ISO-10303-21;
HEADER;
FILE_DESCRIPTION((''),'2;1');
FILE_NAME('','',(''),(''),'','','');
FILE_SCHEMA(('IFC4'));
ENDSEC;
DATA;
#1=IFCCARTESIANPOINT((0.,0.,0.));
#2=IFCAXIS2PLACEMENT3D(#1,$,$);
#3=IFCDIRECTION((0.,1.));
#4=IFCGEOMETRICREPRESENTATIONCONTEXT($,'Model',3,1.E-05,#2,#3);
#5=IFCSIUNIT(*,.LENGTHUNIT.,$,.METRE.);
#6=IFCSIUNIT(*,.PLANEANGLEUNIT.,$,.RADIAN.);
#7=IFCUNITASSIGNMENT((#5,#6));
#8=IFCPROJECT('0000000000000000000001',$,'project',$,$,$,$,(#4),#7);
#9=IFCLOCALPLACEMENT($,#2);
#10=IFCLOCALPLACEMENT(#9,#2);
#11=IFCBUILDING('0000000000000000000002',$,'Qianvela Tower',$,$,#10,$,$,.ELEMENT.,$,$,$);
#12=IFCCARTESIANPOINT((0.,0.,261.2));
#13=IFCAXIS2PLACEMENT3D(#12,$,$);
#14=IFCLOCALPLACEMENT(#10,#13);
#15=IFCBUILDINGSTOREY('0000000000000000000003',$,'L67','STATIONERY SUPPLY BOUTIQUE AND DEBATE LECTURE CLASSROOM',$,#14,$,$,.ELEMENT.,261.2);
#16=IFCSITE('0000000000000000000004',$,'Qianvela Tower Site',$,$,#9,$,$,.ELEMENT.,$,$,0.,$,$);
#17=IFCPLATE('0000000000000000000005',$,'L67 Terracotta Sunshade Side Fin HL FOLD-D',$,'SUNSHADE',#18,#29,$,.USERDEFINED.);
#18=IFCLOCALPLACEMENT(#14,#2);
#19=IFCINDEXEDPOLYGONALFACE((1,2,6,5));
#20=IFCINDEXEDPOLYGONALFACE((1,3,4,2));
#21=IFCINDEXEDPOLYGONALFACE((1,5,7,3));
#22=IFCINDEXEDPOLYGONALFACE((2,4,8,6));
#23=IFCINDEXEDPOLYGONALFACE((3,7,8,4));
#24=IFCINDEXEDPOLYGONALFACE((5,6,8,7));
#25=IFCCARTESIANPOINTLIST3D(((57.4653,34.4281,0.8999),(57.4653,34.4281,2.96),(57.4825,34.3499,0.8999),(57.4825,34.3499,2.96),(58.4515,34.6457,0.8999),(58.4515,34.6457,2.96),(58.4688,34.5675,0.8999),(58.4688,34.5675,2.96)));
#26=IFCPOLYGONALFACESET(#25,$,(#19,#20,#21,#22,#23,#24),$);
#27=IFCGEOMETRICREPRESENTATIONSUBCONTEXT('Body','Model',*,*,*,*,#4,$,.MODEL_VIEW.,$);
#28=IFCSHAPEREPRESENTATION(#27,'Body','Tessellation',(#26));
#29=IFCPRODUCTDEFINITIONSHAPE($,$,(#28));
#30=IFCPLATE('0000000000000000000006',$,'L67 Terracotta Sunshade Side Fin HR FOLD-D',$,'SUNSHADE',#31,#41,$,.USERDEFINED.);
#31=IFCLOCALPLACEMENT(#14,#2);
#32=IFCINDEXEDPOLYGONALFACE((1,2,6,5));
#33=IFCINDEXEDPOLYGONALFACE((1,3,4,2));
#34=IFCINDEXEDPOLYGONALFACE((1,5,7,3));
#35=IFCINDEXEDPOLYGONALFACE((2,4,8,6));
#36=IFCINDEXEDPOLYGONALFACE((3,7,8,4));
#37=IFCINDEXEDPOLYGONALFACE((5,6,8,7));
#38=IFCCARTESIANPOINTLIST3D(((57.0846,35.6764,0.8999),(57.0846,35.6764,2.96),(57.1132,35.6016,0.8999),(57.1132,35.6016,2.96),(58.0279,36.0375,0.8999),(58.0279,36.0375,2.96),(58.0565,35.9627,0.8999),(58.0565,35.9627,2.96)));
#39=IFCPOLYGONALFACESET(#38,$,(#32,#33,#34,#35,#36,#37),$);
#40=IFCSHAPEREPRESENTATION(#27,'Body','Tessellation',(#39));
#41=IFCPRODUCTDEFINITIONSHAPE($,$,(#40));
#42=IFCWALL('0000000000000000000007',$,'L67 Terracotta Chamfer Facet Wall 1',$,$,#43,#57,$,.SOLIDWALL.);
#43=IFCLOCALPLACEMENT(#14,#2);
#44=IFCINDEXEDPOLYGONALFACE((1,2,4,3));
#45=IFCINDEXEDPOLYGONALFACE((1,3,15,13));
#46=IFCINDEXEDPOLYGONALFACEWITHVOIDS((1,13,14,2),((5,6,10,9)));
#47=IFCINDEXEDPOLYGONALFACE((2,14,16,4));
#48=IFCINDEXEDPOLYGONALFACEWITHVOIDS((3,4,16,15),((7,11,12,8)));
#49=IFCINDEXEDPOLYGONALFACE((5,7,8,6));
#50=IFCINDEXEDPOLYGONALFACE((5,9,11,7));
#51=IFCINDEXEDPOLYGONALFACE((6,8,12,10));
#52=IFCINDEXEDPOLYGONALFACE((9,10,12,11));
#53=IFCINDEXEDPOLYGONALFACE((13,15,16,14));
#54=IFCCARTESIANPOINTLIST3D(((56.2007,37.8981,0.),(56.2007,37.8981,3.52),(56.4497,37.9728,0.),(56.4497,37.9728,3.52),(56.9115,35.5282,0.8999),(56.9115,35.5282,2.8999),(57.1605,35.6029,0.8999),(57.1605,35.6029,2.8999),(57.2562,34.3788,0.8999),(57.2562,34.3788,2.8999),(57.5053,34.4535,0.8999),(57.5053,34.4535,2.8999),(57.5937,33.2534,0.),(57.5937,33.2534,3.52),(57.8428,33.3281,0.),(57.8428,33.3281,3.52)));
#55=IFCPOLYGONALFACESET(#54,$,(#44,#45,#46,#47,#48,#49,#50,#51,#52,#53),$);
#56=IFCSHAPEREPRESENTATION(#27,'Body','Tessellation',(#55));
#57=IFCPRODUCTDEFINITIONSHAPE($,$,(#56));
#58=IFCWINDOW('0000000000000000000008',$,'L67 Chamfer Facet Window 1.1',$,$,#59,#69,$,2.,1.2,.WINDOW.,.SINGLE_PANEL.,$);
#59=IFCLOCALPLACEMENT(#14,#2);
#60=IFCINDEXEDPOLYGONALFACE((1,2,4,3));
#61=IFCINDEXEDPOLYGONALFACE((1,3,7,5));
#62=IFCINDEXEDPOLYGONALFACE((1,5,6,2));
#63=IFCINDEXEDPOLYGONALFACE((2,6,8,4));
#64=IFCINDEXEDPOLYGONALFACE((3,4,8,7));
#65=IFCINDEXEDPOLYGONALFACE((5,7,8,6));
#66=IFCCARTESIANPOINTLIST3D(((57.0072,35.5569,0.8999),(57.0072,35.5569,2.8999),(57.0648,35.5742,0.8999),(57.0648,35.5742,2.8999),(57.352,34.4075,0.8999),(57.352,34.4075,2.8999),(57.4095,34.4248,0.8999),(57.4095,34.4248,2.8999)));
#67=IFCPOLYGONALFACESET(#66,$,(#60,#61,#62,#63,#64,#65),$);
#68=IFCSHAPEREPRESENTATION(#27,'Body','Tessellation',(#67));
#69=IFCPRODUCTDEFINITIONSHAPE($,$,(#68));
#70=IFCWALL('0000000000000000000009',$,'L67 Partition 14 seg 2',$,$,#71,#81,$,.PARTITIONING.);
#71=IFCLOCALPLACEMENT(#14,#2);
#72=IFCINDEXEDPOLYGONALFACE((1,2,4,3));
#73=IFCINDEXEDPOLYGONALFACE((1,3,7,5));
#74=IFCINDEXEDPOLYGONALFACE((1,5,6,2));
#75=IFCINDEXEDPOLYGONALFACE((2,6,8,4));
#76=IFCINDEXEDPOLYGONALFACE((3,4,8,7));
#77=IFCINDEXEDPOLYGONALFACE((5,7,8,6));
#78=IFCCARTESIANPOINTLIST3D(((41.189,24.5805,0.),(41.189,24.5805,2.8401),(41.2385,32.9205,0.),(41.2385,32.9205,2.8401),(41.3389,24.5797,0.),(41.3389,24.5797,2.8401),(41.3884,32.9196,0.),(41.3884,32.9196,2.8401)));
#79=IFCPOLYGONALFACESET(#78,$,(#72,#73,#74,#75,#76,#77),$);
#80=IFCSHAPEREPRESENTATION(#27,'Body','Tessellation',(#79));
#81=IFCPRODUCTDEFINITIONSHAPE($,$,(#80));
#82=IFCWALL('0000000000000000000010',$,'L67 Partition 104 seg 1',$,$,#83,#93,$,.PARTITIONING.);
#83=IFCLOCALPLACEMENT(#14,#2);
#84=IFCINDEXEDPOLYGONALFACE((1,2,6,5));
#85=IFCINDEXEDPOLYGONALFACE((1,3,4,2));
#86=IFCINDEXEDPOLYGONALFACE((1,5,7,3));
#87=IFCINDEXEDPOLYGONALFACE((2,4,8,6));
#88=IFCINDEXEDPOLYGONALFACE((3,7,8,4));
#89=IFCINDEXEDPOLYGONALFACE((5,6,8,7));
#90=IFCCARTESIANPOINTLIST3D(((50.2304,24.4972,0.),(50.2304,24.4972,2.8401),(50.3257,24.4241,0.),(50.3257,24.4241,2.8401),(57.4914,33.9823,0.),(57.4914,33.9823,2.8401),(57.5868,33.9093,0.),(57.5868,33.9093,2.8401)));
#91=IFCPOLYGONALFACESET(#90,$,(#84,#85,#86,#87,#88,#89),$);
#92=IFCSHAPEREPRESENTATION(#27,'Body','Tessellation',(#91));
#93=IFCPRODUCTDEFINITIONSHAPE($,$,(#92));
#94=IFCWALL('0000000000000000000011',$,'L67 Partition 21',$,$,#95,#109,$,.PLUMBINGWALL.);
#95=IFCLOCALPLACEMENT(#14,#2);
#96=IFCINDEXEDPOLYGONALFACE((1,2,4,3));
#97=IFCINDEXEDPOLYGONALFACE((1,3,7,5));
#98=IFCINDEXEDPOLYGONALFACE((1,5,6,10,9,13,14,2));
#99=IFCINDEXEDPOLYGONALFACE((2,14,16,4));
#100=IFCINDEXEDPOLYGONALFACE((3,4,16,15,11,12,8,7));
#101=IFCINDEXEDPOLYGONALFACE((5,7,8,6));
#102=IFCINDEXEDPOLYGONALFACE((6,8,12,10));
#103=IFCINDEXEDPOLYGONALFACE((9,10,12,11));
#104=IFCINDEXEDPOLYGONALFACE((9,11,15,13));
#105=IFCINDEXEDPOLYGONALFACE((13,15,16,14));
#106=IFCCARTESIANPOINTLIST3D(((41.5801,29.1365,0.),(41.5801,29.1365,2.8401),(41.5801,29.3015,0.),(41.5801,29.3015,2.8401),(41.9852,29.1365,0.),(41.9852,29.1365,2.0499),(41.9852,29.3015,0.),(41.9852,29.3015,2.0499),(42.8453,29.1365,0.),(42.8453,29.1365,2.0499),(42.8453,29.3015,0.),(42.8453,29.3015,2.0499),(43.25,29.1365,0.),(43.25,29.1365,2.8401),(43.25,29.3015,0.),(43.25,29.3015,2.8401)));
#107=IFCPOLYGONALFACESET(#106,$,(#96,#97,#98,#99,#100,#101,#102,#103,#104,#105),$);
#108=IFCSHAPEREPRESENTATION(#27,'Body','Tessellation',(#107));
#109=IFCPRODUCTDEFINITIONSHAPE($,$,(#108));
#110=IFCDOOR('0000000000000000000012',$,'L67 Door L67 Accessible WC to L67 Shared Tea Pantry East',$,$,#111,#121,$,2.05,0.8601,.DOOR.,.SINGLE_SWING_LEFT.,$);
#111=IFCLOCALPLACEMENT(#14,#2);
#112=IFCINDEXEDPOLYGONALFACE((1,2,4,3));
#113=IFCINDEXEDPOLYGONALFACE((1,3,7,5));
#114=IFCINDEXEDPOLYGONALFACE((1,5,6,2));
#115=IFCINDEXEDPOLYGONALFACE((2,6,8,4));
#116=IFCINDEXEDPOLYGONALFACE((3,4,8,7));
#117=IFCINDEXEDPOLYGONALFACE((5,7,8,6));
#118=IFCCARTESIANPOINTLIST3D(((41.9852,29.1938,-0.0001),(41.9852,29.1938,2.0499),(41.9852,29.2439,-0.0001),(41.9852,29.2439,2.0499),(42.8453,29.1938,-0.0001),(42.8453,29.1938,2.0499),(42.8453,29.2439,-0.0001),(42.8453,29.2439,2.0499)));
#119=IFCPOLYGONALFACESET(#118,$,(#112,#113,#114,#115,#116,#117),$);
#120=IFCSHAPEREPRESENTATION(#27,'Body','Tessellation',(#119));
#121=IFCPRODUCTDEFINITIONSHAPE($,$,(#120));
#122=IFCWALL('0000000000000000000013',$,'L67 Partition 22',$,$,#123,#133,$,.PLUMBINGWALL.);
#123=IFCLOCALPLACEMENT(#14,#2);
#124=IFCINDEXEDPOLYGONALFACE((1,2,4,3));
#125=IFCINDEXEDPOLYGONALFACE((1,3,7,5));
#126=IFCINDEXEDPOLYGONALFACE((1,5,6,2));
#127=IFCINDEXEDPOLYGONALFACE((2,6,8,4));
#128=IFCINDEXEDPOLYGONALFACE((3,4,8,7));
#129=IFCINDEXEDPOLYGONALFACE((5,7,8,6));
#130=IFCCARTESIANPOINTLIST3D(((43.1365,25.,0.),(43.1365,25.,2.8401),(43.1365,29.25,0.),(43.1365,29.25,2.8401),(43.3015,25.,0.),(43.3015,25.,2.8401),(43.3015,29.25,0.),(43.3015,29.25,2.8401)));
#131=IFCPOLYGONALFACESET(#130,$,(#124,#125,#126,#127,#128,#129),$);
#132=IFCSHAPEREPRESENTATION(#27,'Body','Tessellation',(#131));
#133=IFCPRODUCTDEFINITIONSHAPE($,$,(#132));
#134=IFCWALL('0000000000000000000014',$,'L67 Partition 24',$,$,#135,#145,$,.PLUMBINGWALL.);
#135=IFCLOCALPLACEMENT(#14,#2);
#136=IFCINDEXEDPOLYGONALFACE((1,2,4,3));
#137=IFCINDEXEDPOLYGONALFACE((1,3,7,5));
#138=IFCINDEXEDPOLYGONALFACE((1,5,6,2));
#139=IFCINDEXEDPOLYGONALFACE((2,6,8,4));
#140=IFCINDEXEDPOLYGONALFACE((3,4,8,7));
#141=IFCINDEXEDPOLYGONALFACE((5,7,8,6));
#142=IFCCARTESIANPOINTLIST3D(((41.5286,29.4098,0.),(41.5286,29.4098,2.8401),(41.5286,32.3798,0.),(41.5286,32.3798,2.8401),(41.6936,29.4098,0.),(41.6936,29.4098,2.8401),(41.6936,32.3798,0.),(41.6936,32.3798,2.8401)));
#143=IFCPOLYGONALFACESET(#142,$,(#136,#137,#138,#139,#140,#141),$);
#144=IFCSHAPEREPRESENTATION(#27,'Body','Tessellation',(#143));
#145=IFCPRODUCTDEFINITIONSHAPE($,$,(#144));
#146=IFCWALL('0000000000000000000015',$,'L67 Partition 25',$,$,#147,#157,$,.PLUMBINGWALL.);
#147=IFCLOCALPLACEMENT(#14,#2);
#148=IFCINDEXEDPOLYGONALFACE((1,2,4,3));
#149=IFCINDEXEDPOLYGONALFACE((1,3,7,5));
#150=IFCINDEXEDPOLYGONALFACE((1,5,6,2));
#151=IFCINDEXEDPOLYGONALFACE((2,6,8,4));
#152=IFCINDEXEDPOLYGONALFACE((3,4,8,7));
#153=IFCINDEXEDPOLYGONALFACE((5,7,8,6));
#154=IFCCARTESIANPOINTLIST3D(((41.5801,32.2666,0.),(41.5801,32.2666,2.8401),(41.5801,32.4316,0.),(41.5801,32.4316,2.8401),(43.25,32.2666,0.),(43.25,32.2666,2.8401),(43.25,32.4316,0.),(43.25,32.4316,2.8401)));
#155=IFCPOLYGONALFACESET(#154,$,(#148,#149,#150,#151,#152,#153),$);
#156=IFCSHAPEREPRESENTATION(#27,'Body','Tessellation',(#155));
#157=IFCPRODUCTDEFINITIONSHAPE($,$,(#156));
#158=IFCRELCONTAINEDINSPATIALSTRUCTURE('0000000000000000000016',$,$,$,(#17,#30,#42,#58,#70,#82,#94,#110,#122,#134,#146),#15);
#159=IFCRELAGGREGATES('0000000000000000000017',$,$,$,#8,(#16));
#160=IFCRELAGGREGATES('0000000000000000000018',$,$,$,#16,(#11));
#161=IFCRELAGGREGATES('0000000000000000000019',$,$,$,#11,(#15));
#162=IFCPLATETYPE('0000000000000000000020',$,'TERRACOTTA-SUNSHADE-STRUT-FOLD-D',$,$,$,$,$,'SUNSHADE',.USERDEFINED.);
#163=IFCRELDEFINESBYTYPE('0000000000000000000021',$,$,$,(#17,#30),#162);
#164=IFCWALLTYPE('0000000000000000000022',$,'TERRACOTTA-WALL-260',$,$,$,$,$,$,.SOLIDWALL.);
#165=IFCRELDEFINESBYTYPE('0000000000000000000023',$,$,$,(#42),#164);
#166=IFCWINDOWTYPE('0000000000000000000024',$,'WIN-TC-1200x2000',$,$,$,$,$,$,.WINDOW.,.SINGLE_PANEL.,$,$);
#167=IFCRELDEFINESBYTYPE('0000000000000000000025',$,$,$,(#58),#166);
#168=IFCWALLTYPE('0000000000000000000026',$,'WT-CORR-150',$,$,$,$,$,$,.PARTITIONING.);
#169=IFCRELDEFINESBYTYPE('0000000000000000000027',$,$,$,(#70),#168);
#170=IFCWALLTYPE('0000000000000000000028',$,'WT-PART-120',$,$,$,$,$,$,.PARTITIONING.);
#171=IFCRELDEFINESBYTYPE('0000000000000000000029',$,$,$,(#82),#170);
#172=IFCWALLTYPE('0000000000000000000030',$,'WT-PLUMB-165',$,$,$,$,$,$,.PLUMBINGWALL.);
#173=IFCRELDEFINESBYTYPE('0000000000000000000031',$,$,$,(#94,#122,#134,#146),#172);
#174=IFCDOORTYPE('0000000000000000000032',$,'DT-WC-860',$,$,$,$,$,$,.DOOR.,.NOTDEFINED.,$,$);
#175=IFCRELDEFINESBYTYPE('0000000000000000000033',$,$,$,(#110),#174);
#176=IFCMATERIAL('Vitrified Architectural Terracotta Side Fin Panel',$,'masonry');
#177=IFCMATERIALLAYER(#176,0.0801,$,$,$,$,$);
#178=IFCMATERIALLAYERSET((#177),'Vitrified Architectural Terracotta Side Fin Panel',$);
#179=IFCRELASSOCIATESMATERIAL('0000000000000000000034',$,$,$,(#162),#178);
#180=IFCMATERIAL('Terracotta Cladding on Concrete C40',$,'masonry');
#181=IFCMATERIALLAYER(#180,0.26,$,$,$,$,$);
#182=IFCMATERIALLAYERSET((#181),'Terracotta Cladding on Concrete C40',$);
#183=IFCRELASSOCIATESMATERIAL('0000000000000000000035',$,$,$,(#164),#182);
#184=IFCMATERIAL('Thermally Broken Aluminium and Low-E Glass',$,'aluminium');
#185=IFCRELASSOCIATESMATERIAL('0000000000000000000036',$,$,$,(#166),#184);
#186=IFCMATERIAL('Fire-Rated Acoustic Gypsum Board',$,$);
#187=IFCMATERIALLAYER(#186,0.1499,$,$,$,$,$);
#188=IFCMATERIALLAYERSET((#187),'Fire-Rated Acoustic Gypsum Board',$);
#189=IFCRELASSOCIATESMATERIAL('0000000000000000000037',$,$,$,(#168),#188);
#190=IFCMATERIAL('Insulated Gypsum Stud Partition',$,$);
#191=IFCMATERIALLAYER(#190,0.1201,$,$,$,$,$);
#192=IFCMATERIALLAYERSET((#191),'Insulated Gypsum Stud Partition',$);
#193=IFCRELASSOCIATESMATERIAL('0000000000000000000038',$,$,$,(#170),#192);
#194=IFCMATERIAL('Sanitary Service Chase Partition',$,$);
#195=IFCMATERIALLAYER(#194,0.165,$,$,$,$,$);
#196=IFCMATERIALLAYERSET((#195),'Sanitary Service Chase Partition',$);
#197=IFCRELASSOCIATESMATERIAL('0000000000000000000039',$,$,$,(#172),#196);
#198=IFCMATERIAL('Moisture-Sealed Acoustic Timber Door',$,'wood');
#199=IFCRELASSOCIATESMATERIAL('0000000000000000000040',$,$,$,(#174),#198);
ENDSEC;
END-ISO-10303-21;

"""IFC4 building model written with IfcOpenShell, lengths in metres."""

from ifc_helpers import new_model, si_unit, direction, frame, frame_2d, origin, origin_2d, place, context, subcontext, project, spatial, rectangle, extrude, material, layer, layer_set, type_object, element, fill, save


model = new_model("IFC4")

# Units and contexts
model_context = context("Model", 3, precision=1e-05, world=origin(), true_north=direction((0.0, 1.0)))
body_context = subcontext(model_context, "Body", "Model", "MODEL_VIEW")
ifc_project = project(units=[si_unit("LENGTHUNIT", "METRE"), si_unit("PLANEANGLEUNIT", "RADIAN")], contexts=[model_context])

# Site, building, storey
site_placement = place(None, origin())
site = spatial("IfcSite", under=ifc_project, at=site_placement, Name="Qianvela Tower Site", CompositionType="ELEMENT", RefElevation=0.0)
building_placement = place(site_placement, origin())
building = spatial("IfcBuilding", under=site, at=building_placement, Name="Qianvela Tower", CompositionType="ELEMENT")
storey_placement = place(building_placement, frame((0.0, 0.0, 261.2)))
storey = spatial("IfcBuildingStorey", under=building, at=storey_placement, Name="L67", Description="STATIONERY SUPPLY BOUTIQUE AND DEBATE LECTURE CLASSROOM", CompositionType="ELEMENT", Elevation=261.2)

# Plates
ifc_material_1 = material(Name="Vitrified Architectural Terracotta Side Fin Panel", Category="masonry")
ifc_layer_1 = layer(ifc_material_1, 0.0801)
ifc_layer_set_1 = layer_set([ifc_layer_1], Name="Vitrified Architectural Terracotta Side Fin Panel")
plate_type_1 = type_object("IfcPlateType", Name="TERRACOTTA-SUNSHADE-STRUT-FOLD-D", ElementType="SUNSHADE", PredefinedType="USERDEFINED", material=ifc_layer_set_1)
for number, where, z_axis, x_axis, name in (
    (1, (57.967, 34.4978, 0.8999), (0.0, 0.0, 1.0), (-0.215528, 0.976498, 0.0), "L67 Terracotta Sunshade Side Fin HL FOLD-D"),
    (2, (57.5706, 35.8196, 0.8999), (0.0, 0.0, 1.0), (-0.357496, 0.933915, 0.0), "L67 Terracotta Sunshade Side Fin HR FOLD-D"),
):
    element("IfcPlate", number, at=place(storey_placement, frame(where, z_axis=z_axis, x_axis=x_axis)), inside=storey, type_object=plate_type_1, Name=name, ObjectType="SUNSHADE", PredefinedType="USERDEFINED", context=body_context, shape_type="SweptSolid", body=[
        extrude(rectangle(XDim=0.0801, YDim=1.01, at=origin_2d()), origin(), (0.0, 0.0, 1.0), 2.0601),
    ])

# Wall, opening, window
ifc_material_2 = material(Name="Terracotta Cladding on Concrete C40", Category="masonry")
ifc_layer_2 = layer(ifc_material_2, 0.26)
ifc_layer_set_2 = layer_set([ifc_layer_2], Name="Terracotta Cladding on Concrete C40")
wall_type_1 = type_object("IfcWallType", Name="TERRACOTTA-WALL-260", PredefinedType="SOLIDWALL", material=ifc_layer_set_2)
wall_1_placement = place(storey_placement, frame((57.7183, 33.2908, 0.0), z_axis=(0.0, 0.0, 1.0), x_axis=(-0.287279, 0.957847, 0.0)))
wall_1 = element("IfcWall", 3, at=wall_1_placement, inside=storey, type_object=wall_type_1, Name="L67 Terracotta Chamfer Facet Wall 1", PredefinedType="SOLIDWALL", context=body_context, shape_type="SweptSolid", body=[
    extrude(rectangle(XDim=4.8491, YDim=0.26, at=frame_2d((2.4246, 0.0))), origin(), (0.0, 0.0, 1.0), 3.52),
])
opening_1_placement = place(wall_1_placement, frame((1.1748, 0.0, 0.8999)))
opening_1 = element("IfcOpeningElement", 4, at=opening_1_placement, cuts=wall_1, PredefinedType="OPENING", context=body_context, shape_type="SweptSolid", body=[
    extrude(rectangle(XDim=1.2, YDim=2.0, at=frame_2d((0.6001, 1.0))), frame((0.0, 0.1399, 0.0), z_axis=(0.0, -1.0, 0.0), x_axis=(1.0, 0.0, 0.0)), (0.0, 0.0, 1.0), 0.28),
])
ifc_material_3 = material(Name="Thermally Broken Aluminium and Low-E Glass", Category="aluminium")
window_type = type_object("IfcWindowType", Name="WIN-TC-1200x2000", PartitioningType="SINGLE_PANEL", PredefinedType="WINDOW", material=ifc_material_3)
window_placement = place(opening_1_placement, origin())
window = element("IfcWindow", 5, at=window_placement, inside=storey, type_object=window_type, Name="L67 Chamfer Facet Window 1.1", OverallHeight=2.0, OverallWidth=1.2, PartitioningType="SINGLE_PANEL", PredefinedType="WINDOW", context=body_context, shape_type="SweptSolid", body=[
    extrude(rectangle(XDim=1.2, YDim=2.0, at=frame_2d((0.6001, 1.0))), frame((0.0, 0.03, 0.0), z_axis=(0.0, -1.0, 0.0), x_axis=(1.0, 0.0, 0.0)), (0.0, 0.0, 1.0), 0.0601),
])
fill(opening_1, window)

# Walls
ifc_material_4 = material(Name="Fire-Rated Acoustic Gypsum Board")
ifc_layer_3 = layer(ifc_material_4, 0.1499)
ifc_layer_set_3 = layer_set([ifc_layer_3], Name="Fire-Rated Acoustic Gypsum Board")
wall_type_2 = type_object("IfcWallType", Name="WT-CORR-150", PredefinedType="PARTITIONING", material=ifc_layer_set_3)
wall_2_placement = place(storey_placement, frame((41.3135, 32.9199, 0.0), z_axis=(0.0, 0.0, 1.0), x_axis=(-0.005943, -0.999982, 0.0)))
element("IfcWall", 6, at=wall_2_placement, inside=storey, type_object=wall_type_2, Name="L67 Partition 14 seg 2", PredefinedType="PARTITIONING", context=body_context, shape_type="SweptSolid", body=[
    extrude(rectangle(XDim=8.3401, YDim=0.1499, at=frame_2d((4.1699, 0.0))), origin(), (0.0, 0.0, 1.0), 2.8401),
])
ifc_material_5 = material(Name="Insulated Gypsum Stud Partition")
ifc_layer_4 = layer(ifc_material_5, 0.1201)
ifc_layer_set_4 = layer_set([ifc_layer_4], Name="Insulated Gypsum Stud Partition")
wall_type_3 = type_object("IfcWallType", Name="WT-PART-120", PredefinedType="PARTITIONING", material=ifc_layer_set_4)
wall_3_placement = place(storey_placement, frame((57.5391, 33.9458, 0.0), z_axis=(0.0, 0.0, 1.0), x_axis=(-0.607855, -0.794048, 0.0)))
element("IfcWall", 7, at=wall_3_placement, inside=storey, type_object=wall_type_3, Name="L67 Partition 104 seg 1", PredefinedType="PARTITIONING", context=body_context, shape_type="SweptSolid", body=[
    extrude(rectangle(XDim=11.9453, YDim=0.1201, at=frame_2d((5.9727, 0.0))), origin(), (0.0, 0.0, 1.0), 2.8401),
])

# Wall, opening, door
ifc_material_6 = material(Name="Sanitary Service Chase Partition")
ifc_layer_5 = layer(ifc_material_6, 0.165)
ifc_layer_set_5 = layer_set([ifc_layer_5], Name="Sanitary Service Chase Partition")
wall_type_4 = type_object("IfcWallType", Name="WT-PLUMB-165", PredefinedType="PLUMBINGWALL", material=ifc_layer_set_5)
wall_4_placement = place(storey_placement, frame((41.5801, 29.219, 0.0), z_axis=(0.0, 0.0, 1.0), x_axis=(1.0, 0.0, 0.0)))
wall_4 = element("IfcWall", 8, at=wall_4_placement, inside=storey, type_object=wall_type_4, Name="L67 Partition 21", PredefinedType="PLUMBINGWALL", context=body_context, shape_type="SweptSolid", body=[
    extrude(rectangle(XDim=1.6699, YDim=0.165, at=frame_2d((0.835, 0.0))), origin(), (0.0, 0.0, 1.0), 2.8401),
])
opening_2_placement = place(wall_4_placement, frame((0.405, 0.0, 0.0)))
opening_2 = element("IfcOpeningElement", 9, at=opening_2_placement, cuts=wall_4, PredefinedType="OPENING", context=body_context, shape_type="SweptSolid", body=[
    extrude(rectangle(XDim=0.8601, YDim=2.05, at=frame_2d((0.4302, 1.0249))), frame((0.0, 0.0925, 0.0), z_axis=(0.0, -1.0, 0.0), x_axis=(1.0, 0.0, 0.0)), (0.0, 0.0, 1.0), 0.1851),
])
ifc_material_7 = material(Name="Moisture-Sealed Acoustic Timber Door", Category="wood")
door_type_1 = type_object("IfcDoorType", Name="DT-WC-860", OperationType="NOTDEFINED", PredefinedType="DOOR", material=ifc_material_7)
door_1_placement = place(opening_2_placement, origin())
door_1 = element("IfcDoor", 10, at=door_1_placement, inside=storey, type_object=door_type_1, Name="L67 Door L67 Accessible WC to L67 Shared Tea Pantry East", OperationType="SINGLE_SWING_LEFT", OverallHeight=2.05, OverallWidth=0.8601, PredefinedType="DOOR", context=body_context, shape_type="SweptSolid", body=[
    extrude(rectangle(XDim=0.8601, YDim=2.05, at=frame_2d((0.4302, 1.0249))), frame((0.0, 0.0249, 0.0), z_axis=(0.0, -1.0, 0.0), x_axis=(1.0, 0.0, 0.0)), (0.0, 0.0, 1.0), 0.05),
])
fill(opening_2, door_1)

# Walls
wall_5_placement = place(storey_placement, frame((43.219, 29.25, 0.0), z_axis=(0.0, 0.0, 1.0), x_axis=(0.0, -1.0, 0.0)))
element("IfcWall", 11, at=wall_5_placement, inside=storey, type_object=wall_type_4, Name="L67 Partition 22", PredefinedType="PLUMBINGWALL", context=body_context, shape_type="SweptSolid", body=[
    extrude(rectangle(XDim=4.25, YDim=0.165, at=frame_2d((2.125, 0.0))), origin(), (0.0, 0.0, 1.0), 2.8401),
])
wall_6_placement = place(storey_placement, frame((41.6111, 29.4099, 0.0), z_axis=(0.0, 0.0, 1.0), x_axis=(0.0, 1.0, 0.0)))
element("IfcWall", 12, at=wall_6_placement, inside=storey, type_object=wall_type_4, Name="L67 Partition 24", PredefinedType="PLUMBINGWALL", context=body_context, shape_type="SweptSolid", body=[
    extrude(rectangle(XDim=2.97, YDim=0.165, at=frame_2d((1.4849, 0.0))), origin(), (0.0, 0.0, 1.0), 2.8401),
])
wall_7_placement = place(storey_placement, frame((41.5801, 32.3491, 0.0), z_axis=(0.0, 0.0, 1.0), x_axis=(1.0, 0.0, 0.0)))
element("IfcWall", 13, at=wall_7_placement, inside=storey, type_object=wall_type_4, Name="L67 Partition 25", PredefinedType="PLUMBINGWALL", context=body_context, shape_type="SweptSolid", body=[
    extrude(rectangle(XDim=1.6699, YDim=0.165, at=frame_2d((0.835, 0.0))), origin(), (0.0, 0.0, 1.0), 2.8401),
])

save(model, "model.ifc")
